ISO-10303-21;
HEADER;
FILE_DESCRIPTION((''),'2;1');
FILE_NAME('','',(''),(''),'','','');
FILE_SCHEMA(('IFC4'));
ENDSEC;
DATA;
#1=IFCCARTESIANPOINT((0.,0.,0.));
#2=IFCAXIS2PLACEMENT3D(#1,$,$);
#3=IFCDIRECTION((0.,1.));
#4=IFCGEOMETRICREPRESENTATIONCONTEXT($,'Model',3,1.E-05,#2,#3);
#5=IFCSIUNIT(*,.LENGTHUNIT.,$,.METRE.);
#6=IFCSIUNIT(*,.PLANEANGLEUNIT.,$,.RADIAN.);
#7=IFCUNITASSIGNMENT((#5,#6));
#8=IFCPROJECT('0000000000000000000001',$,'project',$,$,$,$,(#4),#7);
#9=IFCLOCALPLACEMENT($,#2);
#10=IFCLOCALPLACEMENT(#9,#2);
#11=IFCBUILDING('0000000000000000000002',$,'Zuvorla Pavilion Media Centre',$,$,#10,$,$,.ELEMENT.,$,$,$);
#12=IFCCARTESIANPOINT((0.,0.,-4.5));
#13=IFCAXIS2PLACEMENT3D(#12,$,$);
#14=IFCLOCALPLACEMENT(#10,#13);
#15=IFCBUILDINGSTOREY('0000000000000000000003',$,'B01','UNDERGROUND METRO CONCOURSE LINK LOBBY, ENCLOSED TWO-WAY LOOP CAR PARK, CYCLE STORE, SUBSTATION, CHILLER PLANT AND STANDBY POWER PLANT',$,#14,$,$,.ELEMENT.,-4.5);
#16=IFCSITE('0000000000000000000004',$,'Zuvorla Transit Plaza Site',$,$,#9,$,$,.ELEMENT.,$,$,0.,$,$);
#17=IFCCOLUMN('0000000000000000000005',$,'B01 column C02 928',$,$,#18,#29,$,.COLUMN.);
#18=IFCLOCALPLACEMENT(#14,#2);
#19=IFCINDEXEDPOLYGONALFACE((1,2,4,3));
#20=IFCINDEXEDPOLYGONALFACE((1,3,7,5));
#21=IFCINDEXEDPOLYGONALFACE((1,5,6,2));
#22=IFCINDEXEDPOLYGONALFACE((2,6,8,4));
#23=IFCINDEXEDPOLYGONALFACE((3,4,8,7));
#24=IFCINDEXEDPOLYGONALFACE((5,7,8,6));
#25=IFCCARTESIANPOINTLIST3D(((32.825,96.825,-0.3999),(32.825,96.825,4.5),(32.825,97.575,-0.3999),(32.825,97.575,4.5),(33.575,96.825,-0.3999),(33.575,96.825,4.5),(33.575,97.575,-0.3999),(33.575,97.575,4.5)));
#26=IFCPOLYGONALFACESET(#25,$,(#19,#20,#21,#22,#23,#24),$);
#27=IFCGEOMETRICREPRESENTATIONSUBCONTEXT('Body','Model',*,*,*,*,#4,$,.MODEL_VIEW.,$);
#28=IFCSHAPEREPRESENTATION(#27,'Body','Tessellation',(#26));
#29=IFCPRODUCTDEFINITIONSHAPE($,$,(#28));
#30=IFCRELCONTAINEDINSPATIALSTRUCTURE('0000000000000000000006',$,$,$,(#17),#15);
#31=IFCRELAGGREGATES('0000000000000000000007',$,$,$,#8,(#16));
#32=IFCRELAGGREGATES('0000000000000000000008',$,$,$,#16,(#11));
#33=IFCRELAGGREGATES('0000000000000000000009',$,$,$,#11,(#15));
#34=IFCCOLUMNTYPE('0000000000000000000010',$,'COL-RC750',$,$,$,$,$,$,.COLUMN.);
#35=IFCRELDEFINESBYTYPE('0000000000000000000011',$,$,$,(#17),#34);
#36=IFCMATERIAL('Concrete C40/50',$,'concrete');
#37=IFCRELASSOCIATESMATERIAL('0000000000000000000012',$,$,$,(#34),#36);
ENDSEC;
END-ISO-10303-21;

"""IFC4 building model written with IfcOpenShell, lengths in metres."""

from ifc_helpers import new_model, si_unit, direction, frame, origin, origin_2d, place, context, subcontext, project, spatial, rectangle, extrude, material, material_profile, profile_set, type_object, element, save


model = new_model("IFC4")

# Units and contexts
model_context = context("Model", 3, precision=1e-05, world=origin(), true_north=direction((0.0, 1.0)))
body_context = subcontext(model_context, "Body", "Model", "MODEL_VIEW")
ifc_project = project(units=[si_unit("LENGTHUNIT", "METRE"), si_unit("PLANEANGLEUNIT", "RADIAN")], contexts=[model_context])

# Site, building, storey
site_placement = place(None, origin())
site = spatial("IfcSite", under=ifc_project, at=site_placement, Name="Zuvorla Transit Plaza Site", CompositionType="ELEMENT", RefElevation=0.0)
building_placement = place(site_placement, origin())
building = spatial("IfcBuilding", under=site, at=building_placement, Name="Zuvorla Pavilion Media Centre", CompositionType="ELEMENT")
storey_placement = place(building_placement, frame((0.0, 0.0, -4.5)))
storey = spatial("IfcBuildingStorey", under=building, at=storey_placement, Name="B01", Description="UNDERGROUND METRO CONCOURSE LINK LOBBY, ENCLOSED TWO-WAY LOOP CAR PARK, CYCLE STORE, SUBSTATION, CHILLER PLANT AND STANDBY POWER PLANT", CompositionType="ELEMENT", Elevation=-4.5)

# Shared definitions
ifc_material = material(Name="Concrete C40/50", Category="concrete")

# Column
ifc_material_profile_1 = material_profile(ifc_material, rectangle(XDim=0.75, YDim=0.75, at=origin_2d()), Name="RC 750x750")
ifc_profile_set_1 = profile_set([ifc_material_profile_1], Name="Concrete C40/50")
column_type = type_object("IfcColumnType", Name="COL-RC750", PredefinedType="COLUMN", material=ifc_profile_set_1)
for number, where, z_axis, x_axis, name in (
    (1, (33.2, 97.2, -0.3999), (0.0, 0.0, 1.0), (1.0, 0.0, 0.0), "B01 column C02 928"),
):
    element("IfcColumn", number, at=place(storey_placement, frame(where, z_axis=z_axis, x_axis=x_axis)), inside=storey, type_object=column_type, Name=name, PredefinedType="COLUMN", context=body_context, shape_type="SweptSolid", body=[
        extrude(rectangle(XDim=0.75, YDim=0.75, at=origin_2d()), origin(), (0.0, 0.0, 1.0), 4.8999),
    ])

save(model, "model.ifc")
